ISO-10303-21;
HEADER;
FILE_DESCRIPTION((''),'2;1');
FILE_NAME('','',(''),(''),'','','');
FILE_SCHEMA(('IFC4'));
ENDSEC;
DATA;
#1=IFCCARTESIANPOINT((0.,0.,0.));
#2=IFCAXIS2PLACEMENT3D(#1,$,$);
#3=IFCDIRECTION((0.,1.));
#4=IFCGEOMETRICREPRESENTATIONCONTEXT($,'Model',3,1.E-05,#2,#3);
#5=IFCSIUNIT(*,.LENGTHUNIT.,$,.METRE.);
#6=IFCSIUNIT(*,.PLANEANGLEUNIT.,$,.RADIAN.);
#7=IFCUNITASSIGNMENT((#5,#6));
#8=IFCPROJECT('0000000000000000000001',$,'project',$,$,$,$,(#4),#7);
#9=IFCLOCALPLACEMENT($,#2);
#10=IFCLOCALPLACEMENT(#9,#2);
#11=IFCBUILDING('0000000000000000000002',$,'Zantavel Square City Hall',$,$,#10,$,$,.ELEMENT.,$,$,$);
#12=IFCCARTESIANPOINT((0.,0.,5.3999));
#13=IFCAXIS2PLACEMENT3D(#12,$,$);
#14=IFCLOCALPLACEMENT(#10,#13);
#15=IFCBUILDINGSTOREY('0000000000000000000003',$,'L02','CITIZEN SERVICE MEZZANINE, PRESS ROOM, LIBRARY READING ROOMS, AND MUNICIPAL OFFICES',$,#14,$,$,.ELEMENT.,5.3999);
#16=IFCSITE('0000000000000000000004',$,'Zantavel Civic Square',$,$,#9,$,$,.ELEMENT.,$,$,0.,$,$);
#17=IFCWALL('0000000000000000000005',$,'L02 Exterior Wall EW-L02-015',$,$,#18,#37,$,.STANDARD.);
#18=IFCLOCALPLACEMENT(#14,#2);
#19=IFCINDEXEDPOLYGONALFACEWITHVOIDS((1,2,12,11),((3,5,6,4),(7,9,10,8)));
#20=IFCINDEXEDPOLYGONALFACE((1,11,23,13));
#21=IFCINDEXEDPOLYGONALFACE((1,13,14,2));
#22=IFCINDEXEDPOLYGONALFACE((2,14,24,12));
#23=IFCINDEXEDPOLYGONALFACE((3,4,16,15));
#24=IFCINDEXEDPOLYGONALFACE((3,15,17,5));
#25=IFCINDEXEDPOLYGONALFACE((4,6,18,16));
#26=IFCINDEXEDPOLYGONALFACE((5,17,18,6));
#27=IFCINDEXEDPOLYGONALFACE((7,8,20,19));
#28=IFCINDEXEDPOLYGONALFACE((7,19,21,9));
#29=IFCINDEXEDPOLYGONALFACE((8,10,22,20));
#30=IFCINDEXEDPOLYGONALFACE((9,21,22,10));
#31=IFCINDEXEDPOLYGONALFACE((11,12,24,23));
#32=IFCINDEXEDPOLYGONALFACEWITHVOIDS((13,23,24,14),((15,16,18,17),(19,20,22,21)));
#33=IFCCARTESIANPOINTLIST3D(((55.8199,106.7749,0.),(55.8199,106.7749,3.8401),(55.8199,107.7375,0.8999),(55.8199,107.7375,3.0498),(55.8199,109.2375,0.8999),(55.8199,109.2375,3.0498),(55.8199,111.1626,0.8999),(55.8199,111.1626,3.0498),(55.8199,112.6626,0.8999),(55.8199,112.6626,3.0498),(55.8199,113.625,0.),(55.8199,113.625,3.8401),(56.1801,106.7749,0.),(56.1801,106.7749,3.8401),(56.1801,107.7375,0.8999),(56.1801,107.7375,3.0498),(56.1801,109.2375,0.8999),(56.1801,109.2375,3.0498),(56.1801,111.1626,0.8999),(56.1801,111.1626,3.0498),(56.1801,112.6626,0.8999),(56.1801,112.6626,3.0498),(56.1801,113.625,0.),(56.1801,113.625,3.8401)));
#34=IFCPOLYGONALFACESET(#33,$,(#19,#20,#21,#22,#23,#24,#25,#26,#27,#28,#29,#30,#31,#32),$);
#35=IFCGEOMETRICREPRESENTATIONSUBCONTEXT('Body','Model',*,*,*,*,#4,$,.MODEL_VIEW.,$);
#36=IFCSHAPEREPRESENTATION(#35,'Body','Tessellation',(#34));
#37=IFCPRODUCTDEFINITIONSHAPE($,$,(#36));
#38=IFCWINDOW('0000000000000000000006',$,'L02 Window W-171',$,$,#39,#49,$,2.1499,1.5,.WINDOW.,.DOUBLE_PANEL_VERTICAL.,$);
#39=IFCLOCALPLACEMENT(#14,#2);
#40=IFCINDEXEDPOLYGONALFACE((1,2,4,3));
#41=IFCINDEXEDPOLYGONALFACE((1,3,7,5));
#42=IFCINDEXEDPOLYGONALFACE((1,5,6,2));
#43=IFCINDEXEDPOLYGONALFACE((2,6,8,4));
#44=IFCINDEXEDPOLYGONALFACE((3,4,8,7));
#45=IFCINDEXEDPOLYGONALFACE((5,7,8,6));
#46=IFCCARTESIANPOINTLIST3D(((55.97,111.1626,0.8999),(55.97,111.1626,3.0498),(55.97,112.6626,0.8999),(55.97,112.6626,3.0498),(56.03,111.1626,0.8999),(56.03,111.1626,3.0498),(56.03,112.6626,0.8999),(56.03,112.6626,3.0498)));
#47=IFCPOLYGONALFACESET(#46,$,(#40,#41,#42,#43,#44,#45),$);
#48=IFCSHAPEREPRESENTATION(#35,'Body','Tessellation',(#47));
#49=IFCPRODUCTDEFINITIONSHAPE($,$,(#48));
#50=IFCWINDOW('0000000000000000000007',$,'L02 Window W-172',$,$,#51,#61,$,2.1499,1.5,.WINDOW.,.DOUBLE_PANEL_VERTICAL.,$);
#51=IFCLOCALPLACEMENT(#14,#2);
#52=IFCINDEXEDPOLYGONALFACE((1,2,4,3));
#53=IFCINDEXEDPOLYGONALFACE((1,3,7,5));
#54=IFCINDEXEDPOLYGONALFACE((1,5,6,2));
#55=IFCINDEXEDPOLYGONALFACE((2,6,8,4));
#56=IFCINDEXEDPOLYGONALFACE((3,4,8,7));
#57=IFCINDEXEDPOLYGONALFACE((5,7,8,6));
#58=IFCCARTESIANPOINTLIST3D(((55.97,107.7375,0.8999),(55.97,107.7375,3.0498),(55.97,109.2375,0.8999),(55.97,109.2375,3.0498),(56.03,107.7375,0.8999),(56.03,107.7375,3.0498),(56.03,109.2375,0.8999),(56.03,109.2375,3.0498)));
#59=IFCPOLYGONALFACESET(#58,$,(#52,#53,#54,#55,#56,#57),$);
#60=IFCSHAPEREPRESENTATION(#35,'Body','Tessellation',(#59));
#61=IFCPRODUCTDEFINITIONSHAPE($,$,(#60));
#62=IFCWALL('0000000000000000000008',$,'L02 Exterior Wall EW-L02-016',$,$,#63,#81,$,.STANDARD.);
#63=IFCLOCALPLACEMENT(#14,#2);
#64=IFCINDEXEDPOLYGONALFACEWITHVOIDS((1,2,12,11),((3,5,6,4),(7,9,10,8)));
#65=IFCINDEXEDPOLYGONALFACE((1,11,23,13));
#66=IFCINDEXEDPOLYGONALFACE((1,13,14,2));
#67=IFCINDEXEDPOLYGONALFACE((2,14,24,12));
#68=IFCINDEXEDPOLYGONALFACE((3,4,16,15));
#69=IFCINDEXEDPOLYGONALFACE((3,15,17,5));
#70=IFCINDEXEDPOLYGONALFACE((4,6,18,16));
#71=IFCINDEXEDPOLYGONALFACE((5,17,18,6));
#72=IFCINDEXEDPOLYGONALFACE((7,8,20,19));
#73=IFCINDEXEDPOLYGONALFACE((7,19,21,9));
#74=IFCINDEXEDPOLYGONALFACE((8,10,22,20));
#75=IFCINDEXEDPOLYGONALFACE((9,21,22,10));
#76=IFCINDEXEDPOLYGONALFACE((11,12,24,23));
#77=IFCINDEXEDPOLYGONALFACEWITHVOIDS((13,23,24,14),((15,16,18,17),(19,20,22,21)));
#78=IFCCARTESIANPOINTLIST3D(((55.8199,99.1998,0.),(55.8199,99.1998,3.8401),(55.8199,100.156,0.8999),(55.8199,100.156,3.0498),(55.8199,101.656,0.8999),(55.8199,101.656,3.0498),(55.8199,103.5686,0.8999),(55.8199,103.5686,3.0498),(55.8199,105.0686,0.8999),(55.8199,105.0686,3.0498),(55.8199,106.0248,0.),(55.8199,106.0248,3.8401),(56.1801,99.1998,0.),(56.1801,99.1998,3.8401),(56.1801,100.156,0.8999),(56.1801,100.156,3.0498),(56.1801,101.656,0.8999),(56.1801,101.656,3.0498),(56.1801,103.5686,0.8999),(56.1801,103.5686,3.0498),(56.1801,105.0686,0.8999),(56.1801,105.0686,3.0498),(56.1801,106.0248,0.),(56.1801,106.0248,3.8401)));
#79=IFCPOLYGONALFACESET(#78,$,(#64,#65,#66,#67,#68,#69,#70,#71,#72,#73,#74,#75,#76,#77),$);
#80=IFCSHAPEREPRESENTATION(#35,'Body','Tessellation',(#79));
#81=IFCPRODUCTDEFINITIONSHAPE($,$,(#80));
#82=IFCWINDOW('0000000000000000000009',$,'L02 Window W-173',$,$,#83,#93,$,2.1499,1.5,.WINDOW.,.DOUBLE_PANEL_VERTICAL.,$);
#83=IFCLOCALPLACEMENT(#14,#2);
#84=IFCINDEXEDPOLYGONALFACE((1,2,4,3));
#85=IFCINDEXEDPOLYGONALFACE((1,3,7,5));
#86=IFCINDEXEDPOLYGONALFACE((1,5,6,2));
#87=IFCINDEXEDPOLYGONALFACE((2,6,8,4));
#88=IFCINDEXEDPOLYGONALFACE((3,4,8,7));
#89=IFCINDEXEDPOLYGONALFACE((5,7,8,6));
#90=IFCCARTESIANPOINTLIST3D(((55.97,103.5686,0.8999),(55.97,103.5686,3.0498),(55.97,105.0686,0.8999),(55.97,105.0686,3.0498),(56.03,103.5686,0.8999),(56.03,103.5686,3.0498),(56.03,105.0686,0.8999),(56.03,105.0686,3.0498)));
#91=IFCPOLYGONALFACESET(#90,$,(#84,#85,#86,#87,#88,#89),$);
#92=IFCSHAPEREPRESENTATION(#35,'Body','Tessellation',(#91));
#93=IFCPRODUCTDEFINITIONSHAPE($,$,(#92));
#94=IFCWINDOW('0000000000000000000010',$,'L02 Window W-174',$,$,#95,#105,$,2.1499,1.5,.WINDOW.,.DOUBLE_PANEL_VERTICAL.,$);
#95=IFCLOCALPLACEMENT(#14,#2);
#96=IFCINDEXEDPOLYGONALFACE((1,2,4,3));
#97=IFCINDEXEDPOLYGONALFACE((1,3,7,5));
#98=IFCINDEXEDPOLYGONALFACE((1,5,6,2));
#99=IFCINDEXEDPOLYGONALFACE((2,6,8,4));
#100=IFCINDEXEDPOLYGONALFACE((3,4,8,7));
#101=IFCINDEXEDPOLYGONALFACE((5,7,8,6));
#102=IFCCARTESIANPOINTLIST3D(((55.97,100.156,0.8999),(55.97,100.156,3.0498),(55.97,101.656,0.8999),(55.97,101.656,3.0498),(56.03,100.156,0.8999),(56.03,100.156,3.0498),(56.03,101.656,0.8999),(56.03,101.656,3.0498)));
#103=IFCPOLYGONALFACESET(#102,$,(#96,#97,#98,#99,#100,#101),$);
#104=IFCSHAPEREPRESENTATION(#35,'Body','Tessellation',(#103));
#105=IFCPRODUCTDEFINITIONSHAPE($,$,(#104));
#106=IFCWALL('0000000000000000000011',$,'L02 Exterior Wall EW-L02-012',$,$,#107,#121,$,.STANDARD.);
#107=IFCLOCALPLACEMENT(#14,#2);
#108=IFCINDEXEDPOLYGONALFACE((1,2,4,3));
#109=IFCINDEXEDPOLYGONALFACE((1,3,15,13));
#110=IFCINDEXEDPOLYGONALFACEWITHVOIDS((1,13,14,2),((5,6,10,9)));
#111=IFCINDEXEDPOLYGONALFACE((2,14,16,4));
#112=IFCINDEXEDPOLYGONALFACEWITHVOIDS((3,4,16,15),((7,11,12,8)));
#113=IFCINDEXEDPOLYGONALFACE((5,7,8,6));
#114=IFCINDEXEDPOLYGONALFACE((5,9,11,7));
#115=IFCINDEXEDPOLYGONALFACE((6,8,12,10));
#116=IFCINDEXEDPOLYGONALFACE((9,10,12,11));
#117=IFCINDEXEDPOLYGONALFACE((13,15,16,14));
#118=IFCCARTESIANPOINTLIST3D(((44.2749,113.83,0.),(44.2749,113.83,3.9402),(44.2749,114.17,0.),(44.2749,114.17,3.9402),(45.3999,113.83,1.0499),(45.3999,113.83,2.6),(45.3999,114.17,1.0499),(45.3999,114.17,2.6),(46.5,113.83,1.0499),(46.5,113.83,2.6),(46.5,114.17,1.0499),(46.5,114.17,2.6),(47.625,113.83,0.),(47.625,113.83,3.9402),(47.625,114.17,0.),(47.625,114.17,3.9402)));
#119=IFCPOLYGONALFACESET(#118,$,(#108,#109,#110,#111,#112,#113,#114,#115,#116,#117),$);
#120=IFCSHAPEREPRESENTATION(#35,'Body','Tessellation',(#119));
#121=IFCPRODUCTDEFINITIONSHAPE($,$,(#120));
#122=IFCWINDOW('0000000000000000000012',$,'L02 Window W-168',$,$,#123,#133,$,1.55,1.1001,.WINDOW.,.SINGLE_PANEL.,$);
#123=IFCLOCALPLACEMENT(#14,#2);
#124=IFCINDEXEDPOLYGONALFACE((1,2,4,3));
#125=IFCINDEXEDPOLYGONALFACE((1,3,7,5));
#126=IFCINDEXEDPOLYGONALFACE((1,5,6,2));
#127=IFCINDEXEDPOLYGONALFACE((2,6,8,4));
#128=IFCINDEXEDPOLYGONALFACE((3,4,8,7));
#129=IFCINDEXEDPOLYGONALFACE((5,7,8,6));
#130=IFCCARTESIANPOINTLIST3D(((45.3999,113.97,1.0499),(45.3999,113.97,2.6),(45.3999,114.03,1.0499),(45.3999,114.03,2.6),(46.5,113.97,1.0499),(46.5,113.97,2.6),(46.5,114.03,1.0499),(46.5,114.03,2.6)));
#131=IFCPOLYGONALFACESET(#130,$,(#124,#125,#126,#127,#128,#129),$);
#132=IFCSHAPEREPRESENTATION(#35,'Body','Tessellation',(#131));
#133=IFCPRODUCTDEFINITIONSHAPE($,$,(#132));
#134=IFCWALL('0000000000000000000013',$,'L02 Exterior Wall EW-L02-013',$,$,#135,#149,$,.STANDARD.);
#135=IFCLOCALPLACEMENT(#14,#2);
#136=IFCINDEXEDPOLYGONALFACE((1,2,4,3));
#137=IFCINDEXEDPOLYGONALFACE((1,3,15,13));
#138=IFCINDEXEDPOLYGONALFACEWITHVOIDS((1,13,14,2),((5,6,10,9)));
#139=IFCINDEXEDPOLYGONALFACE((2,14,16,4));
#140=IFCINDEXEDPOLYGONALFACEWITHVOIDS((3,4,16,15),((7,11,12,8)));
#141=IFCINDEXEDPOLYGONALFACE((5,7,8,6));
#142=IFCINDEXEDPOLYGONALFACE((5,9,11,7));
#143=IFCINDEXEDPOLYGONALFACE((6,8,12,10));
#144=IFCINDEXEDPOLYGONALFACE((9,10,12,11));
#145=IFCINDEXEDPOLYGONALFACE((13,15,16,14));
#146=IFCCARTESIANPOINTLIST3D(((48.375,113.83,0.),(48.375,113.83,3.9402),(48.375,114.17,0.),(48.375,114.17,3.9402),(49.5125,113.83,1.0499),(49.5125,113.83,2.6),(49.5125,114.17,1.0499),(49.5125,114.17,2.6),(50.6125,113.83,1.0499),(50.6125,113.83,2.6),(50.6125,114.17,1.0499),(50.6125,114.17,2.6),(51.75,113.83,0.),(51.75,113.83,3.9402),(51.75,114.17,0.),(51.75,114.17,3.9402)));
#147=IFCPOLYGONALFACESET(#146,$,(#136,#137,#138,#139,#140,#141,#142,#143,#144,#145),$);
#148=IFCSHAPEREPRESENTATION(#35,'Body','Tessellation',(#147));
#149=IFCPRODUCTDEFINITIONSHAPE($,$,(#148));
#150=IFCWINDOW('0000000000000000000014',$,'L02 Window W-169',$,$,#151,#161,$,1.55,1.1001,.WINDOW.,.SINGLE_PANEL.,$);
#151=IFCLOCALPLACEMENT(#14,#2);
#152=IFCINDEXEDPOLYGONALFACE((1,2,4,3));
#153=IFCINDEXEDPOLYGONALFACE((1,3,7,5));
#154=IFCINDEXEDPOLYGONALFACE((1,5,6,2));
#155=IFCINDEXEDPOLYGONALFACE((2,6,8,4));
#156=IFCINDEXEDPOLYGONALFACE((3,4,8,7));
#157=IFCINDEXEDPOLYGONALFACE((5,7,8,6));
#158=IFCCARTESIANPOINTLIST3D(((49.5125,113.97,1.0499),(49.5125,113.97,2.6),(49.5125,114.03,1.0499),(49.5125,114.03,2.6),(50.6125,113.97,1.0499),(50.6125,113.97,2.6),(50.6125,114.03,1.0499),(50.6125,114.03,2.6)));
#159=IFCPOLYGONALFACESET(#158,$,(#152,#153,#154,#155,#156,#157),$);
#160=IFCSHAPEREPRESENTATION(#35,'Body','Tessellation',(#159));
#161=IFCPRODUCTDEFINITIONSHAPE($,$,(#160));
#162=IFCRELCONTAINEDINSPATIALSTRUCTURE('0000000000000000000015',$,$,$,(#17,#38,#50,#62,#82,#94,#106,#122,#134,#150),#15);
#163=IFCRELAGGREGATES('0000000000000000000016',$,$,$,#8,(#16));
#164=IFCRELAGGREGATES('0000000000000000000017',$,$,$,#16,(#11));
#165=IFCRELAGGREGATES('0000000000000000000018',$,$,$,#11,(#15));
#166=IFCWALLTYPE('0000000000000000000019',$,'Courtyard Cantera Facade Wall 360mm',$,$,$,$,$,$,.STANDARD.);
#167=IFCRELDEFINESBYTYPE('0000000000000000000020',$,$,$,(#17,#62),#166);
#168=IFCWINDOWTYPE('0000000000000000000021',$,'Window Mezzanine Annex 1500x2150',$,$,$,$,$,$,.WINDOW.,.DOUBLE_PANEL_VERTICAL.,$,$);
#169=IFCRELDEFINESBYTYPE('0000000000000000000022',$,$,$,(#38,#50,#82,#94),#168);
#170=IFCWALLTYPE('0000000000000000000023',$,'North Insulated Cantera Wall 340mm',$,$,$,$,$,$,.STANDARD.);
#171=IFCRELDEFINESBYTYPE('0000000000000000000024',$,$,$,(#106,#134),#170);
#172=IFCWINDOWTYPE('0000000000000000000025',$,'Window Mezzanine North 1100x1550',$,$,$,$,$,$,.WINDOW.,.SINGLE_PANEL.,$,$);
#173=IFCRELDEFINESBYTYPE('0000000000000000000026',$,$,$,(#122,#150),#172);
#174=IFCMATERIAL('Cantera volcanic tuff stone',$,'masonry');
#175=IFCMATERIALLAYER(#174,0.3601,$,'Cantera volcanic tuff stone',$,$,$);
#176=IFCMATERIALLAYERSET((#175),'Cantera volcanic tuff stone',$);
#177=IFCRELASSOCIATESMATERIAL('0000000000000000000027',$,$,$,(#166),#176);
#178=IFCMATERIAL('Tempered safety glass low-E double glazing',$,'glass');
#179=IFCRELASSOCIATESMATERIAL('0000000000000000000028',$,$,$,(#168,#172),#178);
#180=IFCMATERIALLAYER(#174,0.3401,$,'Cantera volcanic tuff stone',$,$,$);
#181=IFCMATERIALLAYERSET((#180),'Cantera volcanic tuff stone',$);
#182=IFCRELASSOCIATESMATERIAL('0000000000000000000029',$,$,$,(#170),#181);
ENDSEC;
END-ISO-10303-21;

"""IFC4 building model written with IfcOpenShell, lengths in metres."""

from ifc_helpers import new_model, si_unit, direction, frame, frame_2d, origin, place, context, subcontext, project, spatial, rectangle, extrude, material, layer, layer_set, type_object, element, fill, save


model = new_model("IFC4")

# Units and contexts
model_context = context("Model", 3, precision=1e-05, world=origin(), true_north=direction((0.0, 1.0)))
body_context = subcontext(model_context, "Body", "Model", "MODEL_VIEW")
ifc_project = project(units=[si_unit("LENGTHUNIT", "METRE"), si_unit("PLANEANGLEUNIT", "RADIAN")], contexts=[model_context])

# Site, building, storey
site_placement = place(None, origin())
site = spatial("IfcSite", under=ifc_project, at=site_placement, Name="Zantavel Civic Square", CompositionType="ELEMENT", RefElevation=0.0)
building_placement = place(site_placement, origin())
building = spatial("IfcBuilding", under=site, at=building_placement, Name="Zantavel Square City Hall", CompositionType="ELEMENT")
storey_placement = place(building_placement, frame((0.0, 0.0, 5.3999)))
storey = spatial("IfcBuildingStorey", under=building, at=storey_placement, Name="L02", Description="CITIZEN SERVICE MEZZANINE, PRESS ROOM, LIBRARY READING ROOMS, AND MUNICIPAL OFFICES", CompositionType="ELEMENT", Elevation=5.3999)

# Walls, openings, windows
ifc_material_1 = material(Name="Cantera volcanic tuff stone", Category="masonry")
ifc_layer_1 = layer(ifc_material_1, 0.3601, Name="Cantera volcanic tuff stone")
ifc_layer_set_1 = layer_set([ifc_layer_1], Name="Cantera volcanic tuff stone")
wall_type_1 = type_object("IfcWallType", Name="Courtyard Cantera Facade Wall 360mm", PredefinedType="STANDARD", material=ifc_layer_set_1)
wall_1_placement = place(storey_placement, frame((56.0, 113.625, 0.0), z_axis=(0.0, 0.0, 1.0), x_axis=(0.0, -1.0, 0.0)))
wall_1 = element("IfcWall", 1, at=wall_1_placement, inside=storey, type_object=wall_type_1, Name="L02 Exterior Wall EW-L02-015", PredefinedType="STANDARD", context=body_context, shape_type="SweptSolid", body=[
    extrude(rectangle(XDim=6.8501, YDim=0.3601, at=frame_2d((3.425, 0.0))), origin(), (0.0, 0.0, 1.0), 3.8401),
])
opening_1_placement = place(wall_1_placement, frame((0.9624, 0.0, 0.8999)))
opening_1 = element("IfcOpeningElement", 2, at=opening_1_placement, cuts=wall_1, PredefinedType="OPENING", context=body_context, shape_type="SweptSolid", body=[
    extrude(rectangle(XDim=1.5, YDim=2.1499, at=frame_2d((0.75, 1.075))), frame((0.0, 0.1899, 0.0), z_axis=(0.0, -1.0, 0.0), x_axis=(1.0, 0.0, 0.0)), (0.0, 0.0, 1.0), 0.3801),
])
opening_2_placement = place(wall_1_placement, frame((4.3875, 0.0, 0.8999)))
opening_2 = element("IfcOpeningElement", 3, at=opening_2_placement, cuts=wall_1, PredefinedType="OPENING", context=body_context, shape_type="SweptSolid", body=[
    extrude(rectangle(XDim=1.5, YDim=2.1499, at=frame_2d((0.75, 1.075))), frame((0.0, 0.1899, 0.0), z_axis=(0.0, -1.0, 0.0), x_axis=(1.0, 0.0, 0.0)), (0.0, 0.0, 1.0), 0.3801),
])
ifc_material_2 = material(Name="Tempered safety glass low-E double glazing", Category="glass")
window_type_1 = type_object("IfcWindowType", Name="Window Mezzanine Annex 1500x2150", PartitioningType="DOUBLE_PANEL_VERTICAL", PredefinedType="WINDOW", material=ifc_material_2)
window_1_placement = place(opening_1_placement, origin())
window_1 = element("IfcWindow", 4, at=window_1_placement, inside=storey, type_object=window_type_1, Name="L02 Window W-171", OverallHeight=2.1499, OverallWidth=1.5, PartitioningType="DOUBLE_PANEL_VERTICAL", PredefinedType="WINDOW", context=body_context, shape_type="SweptSolid", body=[
    extrude(rectangle(XDim=1.5, YDim=2.1499, at=frame_2d((0.75, 1.075))), frame((0.0, 0.03, 0.0), z_axis=(0.0, -1.0, 0.0), x_axis=(1.0, 0.0, 0.0)), (0.0, 0.0, 1.0), 0.0601),
])
fill(opening_1, window_1)
window_2_placement = place(opening_2_placement, origin())
window_2 = element("IfcWindow", 5, at=window_2_placement, inside=storey, type_object=window_type_1, Name="L02 Window W-172", OverallHeight=2.1499, OverallWidth=1.5, PartitioningType="DOUBLE_PANEL_VERTICAL", PredefinedType="WINDOW", context=body_context, shape_type="SweptSolid", body=[
    extrude(rectangle(XDim=1.5, YDim=2.1499, at=frame_2d((0.75, 1.075))), frame((0.0, 0.03, 0.0), z_axis=(0.0, -1.0, 0.0), x_axis=(1.0, 0.0, 0.0)), (0.0, 0.0, 1.0), 0.0601),
])
fill(opening_2, window_2)
wall_2_placement = place(storey_placement, frame((56.0, 106.0249, 0.0), z_axis=(0.0, 0.0, 1.0), x_axis=(0.0, -1.0, 0.0)))
wall_2 = element("IfcWall", 6, at=wall_2_placement, inside=storey, type_object=wall_type_1, Name="L02 Exterior Wall EW-L02-016", PredefinedType="STANDARD", context=body_context, shape_type="SweptSolid", body=[
    extrude(rectangle(XDim=6.825, YDim=0.3601, at=frame_2d((3.4126, 0.0))), origin(), (0.0, 0.0, 1.0), 3.8401),
])
opening_3_placement = place(wall_2_placement, frame((0.9563, 0.0, 0.8999)))
opening_3 = element("IfcOpeningElement", 7, at=opening_3_placement, cuts=wall_2, PredefinedType="OPENING", context=body_context, shape_type="SweptSolid", body=[
    extrude(rectangle(XDim=1.5, YDim=2.1499, at=frame_2d((0.75, 1.075))), frame((0.0, 0.1899, 0.0), z_axis=(0.0, -1.0, 0.0), x_axis=(1.0, 0.0, 0.0)), (0.0, 0.0, 1.0), 0.3801),
])
opening_4_placement = place(wall_2_placement, frame((4.3689, 0.0, 0.8999)))
opening_4 = element("IfcOpeningElement", 8, at=opening_4_placement, cuts=wall_2, PredefinedType="OPENING", context=body_context, shape_type="SweptSolid", body=[
    extrude(rectangle(XDim=1.5, YDim=2.1499, at=frame_2d((0.75, 1.075))), frame((0.0, 0.1899, 0.0), z_axis=(0.0, -1.0, 0.0), x_axis=(1.0, 0.0, 0.0)), (0.0, 0.0, 1.0), 0.3801),
])
window_3_placement = place(opening_3_placement, origin())
window_3 = element("IfcWindow", 9, at=window_3_placement, inside=storey, type_object=window_type_1, Name="L02 Window W-173", OverallHeight=2.1499, OverallWidth=1.5, PartitioningType="DOUBLE_PANEL_VERTICAL", PredefinedType="WINDOW", context=body_context, shape_type="SweptSolid", body=[
    extrude(rectangle(XDim=1.5, YDim=2.1499, at=frame_2d((0.75, 1.075))), frame((0.0, 0.03, 0.0), z_axis=(0.0, -1.0, 0.0), x_axis=(1.0, 0.0, 0.0)), (0.0, 0.0, 1.0), 0.0601),
])
fill(opening_3, window_3)
window_4_placement = place(opening_4_placement, origin())
window_4 = element("IfcWindow", 10, at=window_4_placement, inside=storey, type_object=window_type_1, Name="L02 Window W-174", OverallHeight=2.1499, OverallWidth=1.5, PartitioningType="DOUBLE_PANEL_VERTICAL", PredefinedType="WINDOW", context=body_context, shape_type="SweptSolid", body=[
    extrude(rectangle(XDim=1.5, YDim=2.1499, at=frame_2d((0.75, 1.075))), frame((0.0, 0.03, 0.0), z_axis=(0.0, -1.0, 0.0), x_axis=(1.0, 0.0, 0.0)), (0.0, 0.0, 1.0), 0.0601),
])
fill(opening_4, window_4)

# Walls, openings, windows
ifc_layer_2 = layer(ifc_material_1, 0.3401, Name="Cantera volcanic tuff stone")
ifc_layer_set_2 = layer_set([ifc_layer_2], Name="Cantera volcanic tuff stone")
wall_type_2 = type_object("IfcWallType", Name="North Insulated Cantera Wall 340mm", PredefinedType="STANDARD", material=ifc_layer_set_2)
wall_3_placement = place(storey_placement, frame((44.2749, 114.0, 0.0), z_axis=(0.0, 0.0, 1.0), x_axis=(1.0, 0.0, 0.0)))
wall_3 = element("IfcWall", 11, at=wall_3_placement, inside=storey, type_object=wall_type_2, Name="L02 Exterior Wall EW-L02-012", PredefinedType="STANDARD", context=body_context, shape_type="SweptSolid", body=[
    extrude(rectangle(XDim=3.3501, YDim=0.3401, at=frame_2d((1.675, 0.0))), origin(), (0.0, 0.0, 1.0), 3.9402),
])
opening_5_placement = place(wall_3_placement, frame((1.125, 0.0, 1.05)))
opening_5 = element("IfcOpeningElement", 12, at=opening_5_placement, cuts=wall_3, PredefinedType="OPENING", context=body_context, shape_type="SweptSolid", body=[
    extrude(rectangle(XDim=1.1001, YDim=1.55, at=frame_2d((0.55, 0.7749))), frame((0.0, 0.1799, 0.0), z_axis=(0.0, -1.0, 0.0), x_axis=(1.0, 0.0, 0.0)), (0.0, 0.0, 1.0), 0.3601),
])
window_type_2 = type_object("IfcWindowType", Name="Window Mezzanine North 1100x1550", PartitioningType="SINGLE_PANEL", PredefinedType="WINDOW", material=ifc_material_2)
window_5_placement = place(opening_5_placement, origin())
window_5 = element("IfcWindow", 13, at=window_5_placement, inside=storey, type_object=window_type_2, Name="L02 Window W-168", OverallHeight=1.55, OverallWidth=1.1001, PartitioningType="SINGLE_PANEL", PredefinedType="WINDOW", context=body_context, shape_type="SweptSolid", body=[
    extrude(rectangle(XDim=1.1001, YDim=1.55, at=frame_2d((0.55, 0.7749))), frame((0.0, 0.03, 0.0), z_axis=(0.0, -1.0, 0.0), x_axis=(1.0, 0.0, 0.0)), (0.0, 0.0, 1.0), 0.0601),
])
fill(opening_5, window_5)
wall_4_placement = place(storey_placement, frame((48.375, 114.0, 0.0), z_axis=(0.0, 0.0, 1.0), x_axis=(1.0, 0.0, 0.0)))
wall_4 = element("IfcWall", 14, at=wall_4_placement, inside=storey, type_object=wall_type_2, Name="L02 Exterior Wall EW-L02-013", PredefinedType="STANDARD", context=body_context, shape_type="SweptSolid", body=[
    extrude(rectangle(XDim=3.375, YDim=0.3401, at=frame_2d((1.6875, 0.0))), origin(), (0.0, 0.0, 1.0), 3.9402),
])
opening_6_placement = place(wall_4_placement, frame((1.1375, 0.0, 1.05)))
opening_6 = element("IfcOpeningElement", 15, at=opening_6_placement, cuts=wall_4, PredefinedType="OPENING", context=body_context, shape_type="SweptSolid", body=[
    extrude(rectangle(XDim=1.1001, YDim=1.55, at=frame_2d((0.55, 0.7749))), frame((0.0, 0.1799, 0.0), z_axis=(0.0, -1.0, 0.0), x_axis=(1.0, 0.0, 0.0)), (0.0, 0.0, 1.0), 0.3601),
])
window_6_placement = place(opening_6_placement, origin())
window_6 = element("IfcWindow", 16, at=window_6_placement, inside=storey, type_object=window_type_2, Name="L02 Window W-169", OverallHeight=1.55, OverallWidth=1.1001, PartitioningType="SINGLE_PANEL", PredefinedType="WINDOW", context=body_context, shape_type="SweptSolid", body=[
    extrude(rectangle(XDim=1.1001, YDim=1.55, at=frame_2d((0.55, 0.7749))), frame((0.0, 0.03, 0.0), z_axis=(0.0, -1.0, 0.0), x_axis=(1.0, 0.0, 0.0)), (0.0, 0.0, 1.0), 0.0601),
])
fill(opening_6, window_6)

save(model, "model.ifc")
